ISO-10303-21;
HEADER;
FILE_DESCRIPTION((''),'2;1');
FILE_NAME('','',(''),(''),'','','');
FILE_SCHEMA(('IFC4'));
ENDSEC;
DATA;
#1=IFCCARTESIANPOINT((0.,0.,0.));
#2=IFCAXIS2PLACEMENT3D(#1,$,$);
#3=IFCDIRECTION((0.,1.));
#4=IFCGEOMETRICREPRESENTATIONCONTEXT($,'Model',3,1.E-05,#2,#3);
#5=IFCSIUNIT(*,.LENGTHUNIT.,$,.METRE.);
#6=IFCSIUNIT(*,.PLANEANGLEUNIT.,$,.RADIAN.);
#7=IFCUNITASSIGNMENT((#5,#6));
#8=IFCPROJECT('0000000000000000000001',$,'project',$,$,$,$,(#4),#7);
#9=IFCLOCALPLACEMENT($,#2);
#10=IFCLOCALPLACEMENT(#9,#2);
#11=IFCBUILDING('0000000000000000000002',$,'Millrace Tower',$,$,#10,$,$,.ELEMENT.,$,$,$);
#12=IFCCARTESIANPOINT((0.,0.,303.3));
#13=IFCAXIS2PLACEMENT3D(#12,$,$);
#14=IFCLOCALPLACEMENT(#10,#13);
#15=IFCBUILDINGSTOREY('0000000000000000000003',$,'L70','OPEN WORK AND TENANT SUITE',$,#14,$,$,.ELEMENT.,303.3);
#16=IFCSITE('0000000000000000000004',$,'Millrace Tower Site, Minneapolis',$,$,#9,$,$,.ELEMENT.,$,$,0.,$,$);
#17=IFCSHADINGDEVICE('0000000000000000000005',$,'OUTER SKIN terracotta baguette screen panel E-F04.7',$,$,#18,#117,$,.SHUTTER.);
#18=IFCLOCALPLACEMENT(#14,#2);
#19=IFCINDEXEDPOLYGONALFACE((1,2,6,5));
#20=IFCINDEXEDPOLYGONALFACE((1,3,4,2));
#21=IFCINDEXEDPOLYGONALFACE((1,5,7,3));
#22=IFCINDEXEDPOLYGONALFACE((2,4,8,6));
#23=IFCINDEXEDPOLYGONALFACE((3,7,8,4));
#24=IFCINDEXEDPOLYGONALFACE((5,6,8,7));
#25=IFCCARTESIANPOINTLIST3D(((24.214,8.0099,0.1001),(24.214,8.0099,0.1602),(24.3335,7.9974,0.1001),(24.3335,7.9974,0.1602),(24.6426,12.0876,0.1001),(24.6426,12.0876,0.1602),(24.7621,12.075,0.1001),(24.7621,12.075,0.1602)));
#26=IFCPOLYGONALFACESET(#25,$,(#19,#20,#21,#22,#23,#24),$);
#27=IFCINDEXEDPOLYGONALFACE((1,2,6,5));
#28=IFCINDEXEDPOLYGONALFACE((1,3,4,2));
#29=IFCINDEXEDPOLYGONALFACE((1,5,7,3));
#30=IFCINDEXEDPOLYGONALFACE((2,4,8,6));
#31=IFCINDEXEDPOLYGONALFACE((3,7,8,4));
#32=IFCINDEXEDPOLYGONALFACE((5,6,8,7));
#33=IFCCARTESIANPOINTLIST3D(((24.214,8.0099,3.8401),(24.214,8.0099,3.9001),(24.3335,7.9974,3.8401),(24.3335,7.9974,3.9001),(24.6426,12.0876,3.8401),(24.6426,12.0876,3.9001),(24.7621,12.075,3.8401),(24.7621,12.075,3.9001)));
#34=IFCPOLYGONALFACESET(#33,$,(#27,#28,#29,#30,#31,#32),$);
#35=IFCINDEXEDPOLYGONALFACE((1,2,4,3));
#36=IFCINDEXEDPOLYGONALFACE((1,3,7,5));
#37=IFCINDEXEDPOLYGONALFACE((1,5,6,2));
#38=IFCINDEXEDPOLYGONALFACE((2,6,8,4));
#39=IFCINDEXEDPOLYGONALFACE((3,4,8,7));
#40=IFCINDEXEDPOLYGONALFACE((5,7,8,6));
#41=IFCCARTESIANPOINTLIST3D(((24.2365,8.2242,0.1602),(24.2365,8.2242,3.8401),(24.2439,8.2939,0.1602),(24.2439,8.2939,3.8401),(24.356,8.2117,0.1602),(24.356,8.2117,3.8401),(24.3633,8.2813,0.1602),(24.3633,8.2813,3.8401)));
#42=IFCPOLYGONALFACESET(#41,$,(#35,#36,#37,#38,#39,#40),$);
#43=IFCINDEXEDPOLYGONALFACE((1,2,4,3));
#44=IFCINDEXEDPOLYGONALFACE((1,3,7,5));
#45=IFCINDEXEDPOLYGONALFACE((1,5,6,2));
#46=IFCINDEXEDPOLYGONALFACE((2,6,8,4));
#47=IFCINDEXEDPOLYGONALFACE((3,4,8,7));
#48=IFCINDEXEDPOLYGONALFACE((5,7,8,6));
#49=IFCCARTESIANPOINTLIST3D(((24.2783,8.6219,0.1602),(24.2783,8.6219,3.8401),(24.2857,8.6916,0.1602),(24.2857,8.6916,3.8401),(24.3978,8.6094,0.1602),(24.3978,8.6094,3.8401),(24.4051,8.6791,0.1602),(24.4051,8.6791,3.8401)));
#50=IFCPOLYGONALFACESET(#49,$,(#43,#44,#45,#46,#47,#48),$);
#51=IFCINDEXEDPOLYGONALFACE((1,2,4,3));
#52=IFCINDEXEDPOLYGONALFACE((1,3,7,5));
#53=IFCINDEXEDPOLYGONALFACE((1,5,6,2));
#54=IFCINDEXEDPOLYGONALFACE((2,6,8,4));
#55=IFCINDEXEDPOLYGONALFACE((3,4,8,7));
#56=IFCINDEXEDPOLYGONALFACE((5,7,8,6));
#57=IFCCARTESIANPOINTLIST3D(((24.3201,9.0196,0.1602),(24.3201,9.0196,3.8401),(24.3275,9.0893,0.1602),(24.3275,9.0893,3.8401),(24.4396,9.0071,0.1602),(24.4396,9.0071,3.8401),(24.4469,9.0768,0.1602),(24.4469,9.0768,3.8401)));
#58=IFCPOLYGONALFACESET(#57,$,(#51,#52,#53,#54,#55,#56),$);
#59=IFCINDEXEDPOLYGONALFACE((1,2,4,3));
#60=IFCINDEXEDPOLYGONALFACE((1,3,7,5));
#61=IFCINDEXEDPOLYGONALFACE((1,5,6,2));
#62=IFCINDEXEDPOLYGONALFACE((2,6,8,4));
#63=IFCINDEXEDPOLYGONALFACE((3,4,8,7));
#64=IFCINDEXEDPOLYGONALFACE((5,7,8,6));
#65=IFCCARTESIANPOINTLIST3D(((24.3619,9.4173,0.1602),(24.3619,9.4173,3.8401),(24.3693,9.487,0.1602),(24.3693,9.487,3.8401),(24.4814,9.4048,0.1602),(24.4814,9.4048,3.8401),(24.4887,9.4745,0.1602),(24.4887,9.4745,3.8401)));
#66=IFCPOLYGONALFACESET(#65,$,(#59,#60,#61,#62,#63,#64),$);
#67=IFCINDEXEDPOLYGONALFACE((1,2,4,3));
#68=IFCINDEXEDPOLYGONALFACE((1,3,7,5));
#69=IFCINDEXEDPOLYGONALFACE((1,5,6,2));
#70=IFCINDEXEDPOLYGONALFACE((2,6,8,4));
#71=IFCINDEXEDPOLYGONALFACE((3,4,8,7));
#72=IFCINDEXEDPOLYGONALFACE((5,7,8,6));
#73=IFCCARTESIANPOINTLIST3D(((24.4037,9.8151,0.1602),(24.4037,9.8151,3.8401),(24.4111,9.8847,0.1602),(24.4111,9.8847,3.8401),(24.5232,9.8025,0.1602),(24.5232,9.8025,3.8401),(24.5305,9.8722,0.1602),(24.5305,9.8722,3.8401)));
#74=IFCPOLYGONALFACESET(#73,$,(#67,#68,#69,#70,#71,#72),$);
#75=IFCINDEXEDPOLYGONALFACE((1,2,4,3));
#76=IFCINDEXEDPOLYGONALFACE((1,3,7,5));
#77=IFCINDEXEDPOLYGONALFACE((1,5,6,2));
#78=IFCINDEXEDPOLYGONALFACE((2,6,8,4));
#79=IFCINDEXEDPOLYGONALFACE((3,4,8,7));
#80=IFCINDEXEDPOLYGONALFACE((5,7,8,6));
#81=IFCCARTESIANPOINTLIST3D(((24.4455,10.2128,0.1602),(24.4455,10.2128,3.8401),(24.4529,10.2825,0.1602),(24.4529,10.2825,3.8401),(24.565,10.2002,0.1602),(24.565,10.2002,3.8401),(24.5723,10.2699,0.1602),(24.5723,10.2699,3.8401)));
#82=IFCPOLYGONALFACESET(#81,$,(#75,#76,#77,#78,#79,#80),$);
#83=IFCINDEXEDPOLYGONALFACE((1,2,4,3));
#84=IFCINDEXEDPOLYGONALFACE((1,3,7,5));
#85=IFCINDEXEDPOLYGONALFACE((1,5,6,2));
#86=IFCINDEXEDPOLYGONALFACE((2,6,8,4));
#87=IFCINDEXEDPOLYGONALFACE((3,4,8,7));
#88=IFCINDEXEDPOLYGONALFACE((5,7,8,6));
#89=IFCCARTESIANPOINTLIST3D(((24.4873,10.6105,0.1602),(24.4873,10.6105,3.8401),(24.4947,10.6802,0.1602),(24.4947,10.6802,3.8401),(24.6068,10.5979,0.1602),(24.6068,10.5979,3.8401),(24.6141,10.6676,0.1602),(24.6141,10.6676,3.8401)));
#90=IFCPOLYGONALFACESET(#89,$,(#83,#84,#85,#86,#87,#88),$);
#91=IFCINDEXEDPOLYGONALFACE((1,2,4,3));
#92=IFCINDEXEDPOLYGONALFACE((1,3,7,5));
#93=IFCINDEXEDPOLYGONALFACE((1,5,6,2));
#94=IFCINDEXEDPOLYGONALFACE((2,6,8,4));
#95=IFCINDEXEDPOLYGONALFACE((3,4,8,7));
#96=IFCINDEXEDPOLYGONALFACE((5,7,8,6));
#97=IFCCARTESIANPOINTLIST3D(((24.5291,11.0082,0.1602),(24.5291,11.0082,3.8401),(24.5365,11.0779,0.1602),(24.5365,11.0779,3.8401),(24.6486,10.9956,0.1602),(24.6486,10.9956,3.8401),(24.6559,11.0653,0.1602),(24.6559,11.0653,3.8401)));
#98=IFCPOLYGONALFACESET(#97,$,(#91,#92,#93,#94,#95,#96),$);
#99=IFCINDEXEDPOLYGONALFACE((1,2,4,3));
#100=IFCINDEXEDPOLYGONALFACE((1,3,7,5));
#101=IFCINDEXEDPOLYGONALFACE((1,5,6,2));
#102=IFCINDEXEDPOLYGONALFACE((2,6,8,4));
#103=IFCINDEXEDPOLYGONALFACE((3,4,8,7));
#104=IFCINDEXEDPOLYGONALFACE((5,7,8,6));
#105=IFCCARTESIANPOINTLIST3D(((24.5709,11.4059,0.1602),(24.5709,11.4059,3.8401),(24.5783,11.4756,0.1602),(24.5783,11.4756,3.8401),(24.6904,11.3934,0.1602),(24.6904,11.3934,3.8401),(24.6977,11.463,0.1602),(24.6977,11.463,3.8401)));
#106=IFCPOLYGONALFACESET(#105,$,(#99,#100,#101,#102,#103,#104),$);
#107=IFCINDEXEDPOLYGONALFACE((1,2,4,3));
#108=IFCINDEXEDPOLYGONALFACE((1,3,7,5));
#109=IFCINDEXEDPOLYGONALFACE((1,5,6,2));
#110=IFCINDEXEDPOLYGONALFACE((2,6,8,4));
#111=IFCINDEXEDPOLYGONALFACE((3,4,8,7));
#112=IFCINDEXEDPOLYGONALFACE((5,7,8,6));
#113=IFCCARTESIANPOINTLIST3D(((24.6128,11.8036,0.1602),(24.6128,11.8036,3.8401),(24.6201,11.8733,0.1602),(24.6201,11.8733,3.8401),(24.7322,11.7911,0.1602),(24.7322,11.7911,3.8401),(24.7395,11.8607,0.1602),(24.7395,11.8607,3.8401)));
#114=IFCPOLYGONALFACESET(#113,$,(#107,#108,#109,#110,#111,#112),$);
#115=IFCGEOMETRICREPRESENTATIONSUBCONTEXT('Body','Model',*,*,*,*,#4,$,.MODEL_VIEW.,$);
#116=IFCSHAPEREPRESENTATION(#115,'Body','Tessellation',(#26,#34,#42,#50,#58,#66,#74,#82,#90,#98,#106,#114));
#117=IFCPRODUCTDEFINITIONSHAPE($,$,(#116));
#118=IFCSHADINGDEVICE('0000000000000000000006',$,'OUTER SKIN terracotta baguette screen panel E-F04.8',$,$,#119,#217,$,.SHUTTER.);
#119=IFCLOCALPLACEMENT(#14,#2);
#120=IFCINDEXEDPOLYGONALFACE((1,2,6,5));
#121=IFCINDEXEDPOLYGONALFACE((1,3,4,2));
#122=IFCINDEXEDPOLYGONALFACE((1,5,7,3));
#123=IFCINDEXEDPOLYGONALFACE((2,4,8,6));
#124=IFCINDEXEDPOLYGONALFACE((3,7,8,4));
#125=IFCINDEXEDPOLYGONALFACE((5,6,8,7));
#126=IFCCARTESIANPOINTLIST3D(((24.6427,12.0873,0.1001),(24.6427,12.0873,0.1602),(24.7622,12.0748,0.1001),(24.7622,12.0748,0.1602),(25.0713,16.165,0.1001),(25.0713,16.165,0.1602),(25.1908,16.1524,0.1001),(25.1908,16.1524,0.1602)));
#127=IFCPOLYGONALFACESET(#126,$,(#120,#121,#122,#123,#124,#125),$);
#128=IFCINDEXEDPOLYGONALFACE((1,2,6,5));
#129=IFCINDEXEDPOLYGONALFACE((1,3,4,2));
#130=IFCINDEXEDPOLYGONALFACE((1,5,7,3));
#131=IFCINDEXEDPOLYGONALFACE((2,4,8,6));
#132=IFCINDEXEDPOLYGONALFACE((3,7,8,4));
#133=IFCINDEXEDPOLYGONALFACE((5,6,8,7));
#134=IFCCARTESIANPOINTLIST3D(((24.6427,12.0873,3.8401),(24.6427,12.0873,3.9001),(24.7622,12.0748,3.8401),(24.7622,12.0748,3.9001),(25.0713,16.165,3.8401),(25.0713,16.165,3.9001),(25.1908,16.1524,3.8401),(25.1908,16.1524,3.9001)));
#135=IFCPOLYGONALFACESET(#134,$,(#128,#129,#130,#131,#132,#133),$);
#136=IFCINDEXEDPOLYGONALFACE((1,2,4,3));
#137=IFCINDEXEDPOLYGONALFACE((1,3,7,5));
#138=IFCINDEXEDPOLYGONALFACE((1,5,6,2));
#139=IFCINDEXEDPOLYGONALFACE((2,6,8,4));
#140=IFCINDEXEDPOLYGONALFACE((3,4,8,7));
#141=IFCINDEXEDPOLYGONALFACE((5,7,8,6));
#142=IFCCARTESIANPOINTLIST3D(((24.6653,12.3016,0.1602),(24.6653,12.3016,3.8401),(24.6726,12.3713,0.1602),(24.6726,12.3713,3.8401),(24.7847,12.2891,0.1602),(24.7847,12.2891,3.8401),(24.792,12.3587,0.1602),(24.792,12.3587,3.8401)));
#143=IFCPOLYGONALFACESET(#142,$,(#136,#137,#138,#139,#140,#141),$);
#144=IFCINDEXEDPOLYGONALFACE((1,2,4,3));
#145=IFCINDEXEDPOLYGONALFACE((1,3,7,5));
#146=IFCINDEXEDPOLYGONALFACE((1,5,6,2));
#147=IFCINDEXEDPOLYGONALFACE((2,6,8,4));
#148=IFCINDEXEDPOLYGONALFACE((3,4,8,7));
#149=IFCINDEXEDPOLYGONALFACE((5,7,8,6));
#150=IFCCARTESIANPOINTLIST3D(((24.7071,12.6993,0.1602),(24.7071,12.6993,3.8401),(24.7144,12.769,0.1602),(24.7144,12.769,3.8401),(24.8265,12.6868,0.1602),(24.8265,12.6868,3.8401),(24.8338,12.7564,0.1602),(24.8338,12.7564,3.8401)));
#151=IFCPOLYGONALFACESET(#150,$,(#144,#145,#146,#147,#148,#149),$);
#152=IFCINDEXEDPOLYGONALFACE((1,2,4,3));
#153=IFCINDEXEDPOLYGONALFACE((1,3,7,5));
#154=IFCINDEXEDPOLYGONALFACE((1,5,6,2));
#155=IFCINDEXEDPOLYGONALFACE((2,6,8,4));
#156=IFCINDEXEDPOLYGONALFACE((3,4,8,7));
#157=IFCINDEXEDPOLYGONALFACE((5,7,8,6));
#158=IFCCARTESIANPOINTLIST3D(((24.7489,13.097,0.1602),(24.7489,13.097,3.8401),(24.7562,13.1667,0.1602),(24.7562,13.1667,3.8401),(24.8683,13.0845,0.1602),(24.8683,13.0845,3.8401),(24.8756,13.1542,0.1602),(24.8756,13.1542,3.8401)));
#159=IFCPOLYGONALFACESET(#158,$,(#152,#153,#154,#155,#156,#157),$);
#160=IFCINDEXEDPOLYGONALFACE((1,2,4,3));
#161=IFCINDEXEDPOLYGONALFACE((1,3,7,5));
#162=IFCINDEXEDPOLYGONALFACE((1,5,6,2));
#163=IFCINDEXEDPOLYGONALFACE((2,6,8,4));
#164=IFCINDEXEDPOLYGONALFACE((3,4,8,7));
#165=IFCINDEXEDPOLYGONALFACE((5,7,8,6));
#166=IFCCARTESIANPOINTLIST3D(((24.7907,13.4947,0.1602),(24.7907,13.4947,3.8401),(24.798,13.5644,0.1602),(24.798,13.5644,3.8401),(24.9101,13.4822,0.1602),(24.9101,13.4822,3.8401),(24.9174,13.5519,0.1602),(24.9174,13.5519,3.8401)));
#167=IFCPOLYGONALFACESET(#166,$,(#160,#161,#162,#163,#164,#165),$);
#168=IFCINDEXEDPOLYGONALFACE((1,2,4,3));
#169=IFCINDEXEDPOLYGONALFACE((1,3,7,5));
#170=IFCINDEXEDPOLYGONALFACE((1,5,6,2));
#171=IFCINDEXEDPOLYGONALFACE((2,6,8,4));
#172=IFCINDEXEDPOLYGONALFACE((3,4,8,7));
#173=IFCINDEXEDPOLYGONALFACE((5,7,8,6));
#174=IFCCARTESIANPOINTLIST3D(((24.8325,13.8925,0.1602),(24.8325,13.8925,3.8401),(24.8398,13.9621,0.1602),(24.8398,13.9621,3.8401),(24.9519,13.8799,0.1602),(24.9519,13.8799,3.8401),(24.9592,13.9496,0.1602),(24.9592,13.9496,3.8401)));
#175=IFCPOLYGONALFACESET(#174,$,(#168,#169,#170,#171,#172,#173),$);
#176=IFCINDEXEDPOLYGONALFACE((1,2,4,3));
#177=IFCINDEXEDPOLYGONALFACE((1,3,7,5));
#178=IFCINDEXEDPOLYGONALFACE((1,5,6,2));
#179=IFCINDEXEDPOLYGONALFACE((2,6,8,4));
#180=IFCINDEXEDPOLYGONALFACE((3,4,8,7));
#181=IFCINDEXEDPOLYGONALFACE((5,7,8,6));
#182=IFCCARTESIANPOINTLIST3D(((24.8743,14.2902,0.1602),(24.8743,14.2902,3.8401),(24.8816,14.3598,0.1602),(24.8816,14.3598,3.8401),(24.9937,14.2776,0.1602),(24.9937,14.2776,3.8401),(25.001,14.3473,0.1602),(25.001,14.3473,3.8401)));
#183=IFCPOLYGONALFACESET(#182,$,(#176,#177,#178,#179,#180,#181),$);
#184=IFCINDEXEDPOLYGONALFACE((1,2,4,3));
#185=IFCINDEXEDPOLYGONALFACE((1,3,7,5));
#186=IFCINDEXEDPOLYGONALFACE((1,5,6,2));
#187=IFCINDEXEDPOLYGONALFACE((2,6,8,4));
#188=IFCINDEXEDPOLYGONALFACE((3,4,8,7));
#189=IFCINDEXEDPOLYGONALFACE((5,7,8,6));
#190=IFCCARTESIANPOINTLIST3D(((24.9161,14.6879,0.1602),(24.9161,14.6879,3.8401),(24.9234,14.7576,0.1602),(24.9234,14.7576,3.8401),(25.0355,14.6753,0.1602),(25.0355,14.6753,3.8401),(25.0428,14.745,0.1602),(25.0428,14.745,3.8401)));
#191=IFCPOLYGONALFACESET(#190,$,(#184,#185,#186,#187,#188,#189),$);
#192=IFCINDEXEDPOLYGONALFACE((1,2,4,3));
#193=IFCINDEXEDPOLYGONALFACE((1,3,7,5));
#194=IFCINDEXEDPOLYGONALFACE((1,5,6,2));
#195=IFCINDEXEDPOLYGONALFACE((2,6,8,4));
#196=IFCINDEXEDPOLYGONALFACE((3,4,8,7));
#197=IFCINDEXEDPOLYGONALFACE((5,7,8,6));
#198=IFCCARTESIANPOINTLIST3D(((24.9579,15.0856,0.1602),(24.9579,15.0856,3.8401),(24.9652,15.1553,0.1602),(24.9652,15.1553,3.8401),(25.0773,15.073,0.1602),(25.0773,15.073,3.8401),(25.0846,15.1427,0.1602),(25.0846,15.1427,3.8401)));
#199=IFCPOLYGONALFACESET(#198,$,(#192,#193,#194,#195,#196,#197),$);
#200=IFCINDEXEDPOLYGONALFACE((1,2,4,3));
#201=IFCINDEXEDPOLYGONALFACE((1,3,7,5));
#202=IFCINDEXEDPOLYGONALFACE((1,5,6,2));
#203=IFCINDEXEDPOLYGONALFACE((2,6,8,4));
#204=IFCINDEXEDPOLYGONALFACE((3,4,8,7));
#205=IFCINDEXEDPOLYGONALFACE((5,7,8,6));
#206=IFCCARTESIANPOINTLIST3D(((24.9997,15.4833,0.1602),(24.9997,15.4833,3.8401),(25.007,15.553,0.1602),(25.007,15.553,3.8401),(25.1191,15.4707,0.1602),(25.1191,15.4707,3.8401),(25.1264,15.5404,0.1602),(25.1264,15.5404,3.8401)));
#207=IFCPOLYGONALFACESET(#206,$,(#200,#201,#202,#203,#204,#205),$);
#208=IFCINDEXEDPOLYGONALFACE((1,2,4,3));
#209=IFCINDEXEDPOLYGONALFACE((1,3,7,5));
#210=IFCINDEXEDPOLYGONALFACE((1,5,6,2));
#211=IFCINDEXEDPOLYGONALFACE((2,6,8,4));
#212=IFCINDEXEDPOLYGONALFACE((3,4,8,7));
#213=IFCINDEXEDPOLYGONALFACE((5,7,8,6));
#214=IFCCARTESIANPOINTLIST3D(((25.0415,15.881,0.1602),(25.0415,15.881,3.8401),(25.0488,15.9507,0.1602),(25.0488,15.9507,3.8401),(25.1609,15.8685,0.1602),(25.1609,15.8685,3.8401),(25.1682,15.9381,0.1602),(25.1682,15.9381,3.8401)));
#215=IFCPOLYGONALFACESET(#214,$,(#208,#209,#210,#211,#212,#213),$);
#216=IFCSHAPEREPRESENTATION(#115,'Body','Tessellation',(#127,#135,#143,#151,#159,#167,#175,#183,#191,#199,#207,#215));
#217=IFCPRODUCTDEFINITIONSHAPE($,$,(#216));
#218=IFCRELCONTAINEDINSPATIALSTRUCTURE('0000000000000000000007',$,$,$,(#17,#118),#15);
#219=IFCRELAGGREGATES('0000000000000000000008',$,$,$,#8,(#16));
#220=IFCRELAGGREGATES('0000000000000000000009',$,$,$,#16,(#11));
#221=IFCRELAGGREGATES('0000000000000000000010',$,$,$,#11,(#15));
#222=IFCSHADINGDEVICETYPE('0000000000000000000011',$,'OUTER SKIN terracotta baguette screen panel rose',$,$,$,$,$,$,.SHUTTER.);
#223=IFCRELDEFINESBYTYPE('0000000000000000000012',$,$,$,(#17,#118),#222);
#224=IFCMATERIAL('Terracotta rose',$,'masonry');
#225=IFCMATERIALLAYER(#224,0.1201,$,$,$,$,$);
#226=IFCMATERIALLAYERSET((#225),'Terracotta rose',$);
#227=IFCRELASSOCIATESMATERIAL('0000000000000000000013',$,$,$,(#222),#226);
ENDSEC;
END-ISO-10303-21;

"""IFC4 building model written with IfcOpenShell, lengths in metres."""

from ifc_helpers import new_model, entity, si_unit, direction, frame, frame_2d, origin, place, context, subcontext, project, spatial, rectangle, extrude, source, transform, mapped, material, layer, layer_set, type_object, element, save


model = new_model("IFC4")

# Units and contexts
model_context = context("Model", 3, precision=1e-05, world=origin(), true_north=direction((0.0, 1.0)))
body_context = subcontext(model_context, "Body", "Model", "MODEL_VIEW")
ifc_project = project(units=[si_unit("LENGTHUNIT", "METRE"), si_unit("PLANEANGLEUNIT", "RADIAN")], contexts=[model_context])

# Site, building, storey
site_placement = place(None, origin())
site = spatial("IfcSite", under=ifc_project, at=site_placement, Name="Millrace Tower Site, Minneapolis", CompositionType="ELEMENT", RefElevation=0.0)
building_placement = place(site_placement, origin())
building = spatial("IfcBuilding", under=site, at=building_placement, Name="Millrace Tower", CompositionType="ELEMENT")
storey_placement = place(building_placement, frame((0.0, 0.0, 303.3)))
storey = spatial("IfcBuildingStorey", under=building, at=storey_placement, Name="L70", Description="OPEN WORK AND TENANT SUITE", CompositionType="ELEMENT", Elevation=303.3)

# Shading devices
ifc_material_1 = material(Name="Terracotta rose", Category="masonry")
ifc_layer_1 = layer(ifc_material_1, 0.1201)
ifc_layer_set_1 = layer_set([ifc_layer_1], Name="Terracotta rose")
shading_device_type = type_object("IfcShadingDeviceType", Name="OUTER SKIN terracotta baguette screen panel rose", PredefinedType="SHUTTER", material=ifc_layer_set_1)
cartesian_point_1 = entity("IfcCartesianPoint", [-2.05, 0.0601])
shared_polyline_1 = entity("IfcPolyline", [cartesian_point_1, entity("IfcCartesianPoint", [2.05, 0.0601]), entity("IfcCartesianPoint", [2.05, -0.0601]), entity("IfcCartesianPoint", [-2.05, -0.0601]), cartesian_point_1])
shared_shape_1 = source(origin(), body_context, "Body", "SweptSolid", [
    entity("IfcExtrudedAreaSolid", entity("IfcArbitraryClosedProfileDef", "AREA", None, shared_polyline_1), entity("IfcAxis2Placement3D", entity("IfcCartesianPoint", [0.0, 0.0, 0.0])), entity("IfcDirection", [0.0, 0.0, 1.0]), 0.0601),
    entity("IfcExtrudedAreaSolid", entity("IfcArbitraryClosedProfileDef", "AREA", None, shared_polyline_1), entity("IfcAxis2Placement3D", entity("IfcCartesianPoint", [0.0, 0.0, 3.74])), entity("IfcDirection", [0.0, 0.0, 1.0]), 0.0601),
    extrude(rectangle(XDim=0.0701, YDim=0.1201, at=frame_2d((-1.7996, 0.0))), frame((0.0, 0.0, 0.0601)), (0.0, 0.0, 1.0), 3.6799),
    extrude(rectangle(XDim=0.0701, YDim=0.1201, at=frame_2d((-1.3997, 0.0))), frame((0.0, 0.0, 0.0601)), (0.0, 0.0, 1.0), 3.6799),
    extrude(rectangle(XDim=0.0701, YDim=0.1201, at=frame_2d((-0.9998, 0.0))), frame((0.0, 0.0, 0.0601)), (0.0, 0.0, 1.0), 3.6799),
    extrude(rectangle(XDim=0.0701, YDim=0.1201, at=frame_2d((-0.5999, 0.0))), frame((0.0, 0.0, 0.0601)), (0.0, 0.0, 1.0), 3.6799),
    extrude(rectangle(XDim=0.0701, YDim=0.1201, at=frame_2d((-0.2, 0.0))), frame((0.0, 0.0, 0.0601)), (0.0, 0.0, 1.0), 3.6799),
    extrude(rectangle(XDim=0.0701, YDim=0.1201, at=frame_2d((0.2, 0.0))), frame((0.0, 0.0, 0.0601)), (0.0, 0.0, 1.0), 3.6799),
    extrude(rectangle(XDim=0.0701, YDim=0.1201, at=frame_2d((0.5999, 0.0))), frame((0.0, 0.0, 0.0601)), (0.0, 0.0, 1.0), 3.6799),
    extrude(rectangle(XDim=0.0701, YDim=0.1201, at=frame_2d((0.9998, 0.0))), frame((0.0, 0.0, 0.0601)), (0.0, 0.0, 1.0), 3.6799),
    extrude(rectangle(XDim=0.0701, YDim=0.1201, at=frame_2d((1.3997, 0.0))), frame((0.0, 0.0, 0.0601)), (0.0, 0.0, 1.0), 3.6799),
    extrude(rectangle(XDim=0.0701, YDim=0.1201, at=frame_2d((1.7996, 0.0))), frame((0.0, 0.0, 0.0601)), (0.0, 0.0, 1.0), 3.6799),
])
for number, where, z_axis, x_axis, name in (
    (1, (24.488, 10.0425, 0.1001), (0.0, 0.0, 1.0), (0.104528, 0.994522, 0.0), "OUTER SKIN terracotta baguette screen panel E-F04.7"),
    (2, (24.9167, 14.1199, 0.1001), (0.0, 0.0, 1.0), (0.104528, 0.994522, 0.0), "OUTER SKIN terracotta baguette screen panel E-F04.8"),
):
    element("IfcShadingDevice", number, at=place(storey_placement, frame(where, z_axis=z_axis, x_axis=x_axis)), inside=storey, type_object=shading_device_type, Name=name, PredefinedType="SHUTTER", context=body_context, shape_type="MappedRepresentation", body=[
        mapped(shared_shape_1, transform((0.0, 0.0, 0.0), scale=1.0)),
    ])

save(model, "model.ifc")
